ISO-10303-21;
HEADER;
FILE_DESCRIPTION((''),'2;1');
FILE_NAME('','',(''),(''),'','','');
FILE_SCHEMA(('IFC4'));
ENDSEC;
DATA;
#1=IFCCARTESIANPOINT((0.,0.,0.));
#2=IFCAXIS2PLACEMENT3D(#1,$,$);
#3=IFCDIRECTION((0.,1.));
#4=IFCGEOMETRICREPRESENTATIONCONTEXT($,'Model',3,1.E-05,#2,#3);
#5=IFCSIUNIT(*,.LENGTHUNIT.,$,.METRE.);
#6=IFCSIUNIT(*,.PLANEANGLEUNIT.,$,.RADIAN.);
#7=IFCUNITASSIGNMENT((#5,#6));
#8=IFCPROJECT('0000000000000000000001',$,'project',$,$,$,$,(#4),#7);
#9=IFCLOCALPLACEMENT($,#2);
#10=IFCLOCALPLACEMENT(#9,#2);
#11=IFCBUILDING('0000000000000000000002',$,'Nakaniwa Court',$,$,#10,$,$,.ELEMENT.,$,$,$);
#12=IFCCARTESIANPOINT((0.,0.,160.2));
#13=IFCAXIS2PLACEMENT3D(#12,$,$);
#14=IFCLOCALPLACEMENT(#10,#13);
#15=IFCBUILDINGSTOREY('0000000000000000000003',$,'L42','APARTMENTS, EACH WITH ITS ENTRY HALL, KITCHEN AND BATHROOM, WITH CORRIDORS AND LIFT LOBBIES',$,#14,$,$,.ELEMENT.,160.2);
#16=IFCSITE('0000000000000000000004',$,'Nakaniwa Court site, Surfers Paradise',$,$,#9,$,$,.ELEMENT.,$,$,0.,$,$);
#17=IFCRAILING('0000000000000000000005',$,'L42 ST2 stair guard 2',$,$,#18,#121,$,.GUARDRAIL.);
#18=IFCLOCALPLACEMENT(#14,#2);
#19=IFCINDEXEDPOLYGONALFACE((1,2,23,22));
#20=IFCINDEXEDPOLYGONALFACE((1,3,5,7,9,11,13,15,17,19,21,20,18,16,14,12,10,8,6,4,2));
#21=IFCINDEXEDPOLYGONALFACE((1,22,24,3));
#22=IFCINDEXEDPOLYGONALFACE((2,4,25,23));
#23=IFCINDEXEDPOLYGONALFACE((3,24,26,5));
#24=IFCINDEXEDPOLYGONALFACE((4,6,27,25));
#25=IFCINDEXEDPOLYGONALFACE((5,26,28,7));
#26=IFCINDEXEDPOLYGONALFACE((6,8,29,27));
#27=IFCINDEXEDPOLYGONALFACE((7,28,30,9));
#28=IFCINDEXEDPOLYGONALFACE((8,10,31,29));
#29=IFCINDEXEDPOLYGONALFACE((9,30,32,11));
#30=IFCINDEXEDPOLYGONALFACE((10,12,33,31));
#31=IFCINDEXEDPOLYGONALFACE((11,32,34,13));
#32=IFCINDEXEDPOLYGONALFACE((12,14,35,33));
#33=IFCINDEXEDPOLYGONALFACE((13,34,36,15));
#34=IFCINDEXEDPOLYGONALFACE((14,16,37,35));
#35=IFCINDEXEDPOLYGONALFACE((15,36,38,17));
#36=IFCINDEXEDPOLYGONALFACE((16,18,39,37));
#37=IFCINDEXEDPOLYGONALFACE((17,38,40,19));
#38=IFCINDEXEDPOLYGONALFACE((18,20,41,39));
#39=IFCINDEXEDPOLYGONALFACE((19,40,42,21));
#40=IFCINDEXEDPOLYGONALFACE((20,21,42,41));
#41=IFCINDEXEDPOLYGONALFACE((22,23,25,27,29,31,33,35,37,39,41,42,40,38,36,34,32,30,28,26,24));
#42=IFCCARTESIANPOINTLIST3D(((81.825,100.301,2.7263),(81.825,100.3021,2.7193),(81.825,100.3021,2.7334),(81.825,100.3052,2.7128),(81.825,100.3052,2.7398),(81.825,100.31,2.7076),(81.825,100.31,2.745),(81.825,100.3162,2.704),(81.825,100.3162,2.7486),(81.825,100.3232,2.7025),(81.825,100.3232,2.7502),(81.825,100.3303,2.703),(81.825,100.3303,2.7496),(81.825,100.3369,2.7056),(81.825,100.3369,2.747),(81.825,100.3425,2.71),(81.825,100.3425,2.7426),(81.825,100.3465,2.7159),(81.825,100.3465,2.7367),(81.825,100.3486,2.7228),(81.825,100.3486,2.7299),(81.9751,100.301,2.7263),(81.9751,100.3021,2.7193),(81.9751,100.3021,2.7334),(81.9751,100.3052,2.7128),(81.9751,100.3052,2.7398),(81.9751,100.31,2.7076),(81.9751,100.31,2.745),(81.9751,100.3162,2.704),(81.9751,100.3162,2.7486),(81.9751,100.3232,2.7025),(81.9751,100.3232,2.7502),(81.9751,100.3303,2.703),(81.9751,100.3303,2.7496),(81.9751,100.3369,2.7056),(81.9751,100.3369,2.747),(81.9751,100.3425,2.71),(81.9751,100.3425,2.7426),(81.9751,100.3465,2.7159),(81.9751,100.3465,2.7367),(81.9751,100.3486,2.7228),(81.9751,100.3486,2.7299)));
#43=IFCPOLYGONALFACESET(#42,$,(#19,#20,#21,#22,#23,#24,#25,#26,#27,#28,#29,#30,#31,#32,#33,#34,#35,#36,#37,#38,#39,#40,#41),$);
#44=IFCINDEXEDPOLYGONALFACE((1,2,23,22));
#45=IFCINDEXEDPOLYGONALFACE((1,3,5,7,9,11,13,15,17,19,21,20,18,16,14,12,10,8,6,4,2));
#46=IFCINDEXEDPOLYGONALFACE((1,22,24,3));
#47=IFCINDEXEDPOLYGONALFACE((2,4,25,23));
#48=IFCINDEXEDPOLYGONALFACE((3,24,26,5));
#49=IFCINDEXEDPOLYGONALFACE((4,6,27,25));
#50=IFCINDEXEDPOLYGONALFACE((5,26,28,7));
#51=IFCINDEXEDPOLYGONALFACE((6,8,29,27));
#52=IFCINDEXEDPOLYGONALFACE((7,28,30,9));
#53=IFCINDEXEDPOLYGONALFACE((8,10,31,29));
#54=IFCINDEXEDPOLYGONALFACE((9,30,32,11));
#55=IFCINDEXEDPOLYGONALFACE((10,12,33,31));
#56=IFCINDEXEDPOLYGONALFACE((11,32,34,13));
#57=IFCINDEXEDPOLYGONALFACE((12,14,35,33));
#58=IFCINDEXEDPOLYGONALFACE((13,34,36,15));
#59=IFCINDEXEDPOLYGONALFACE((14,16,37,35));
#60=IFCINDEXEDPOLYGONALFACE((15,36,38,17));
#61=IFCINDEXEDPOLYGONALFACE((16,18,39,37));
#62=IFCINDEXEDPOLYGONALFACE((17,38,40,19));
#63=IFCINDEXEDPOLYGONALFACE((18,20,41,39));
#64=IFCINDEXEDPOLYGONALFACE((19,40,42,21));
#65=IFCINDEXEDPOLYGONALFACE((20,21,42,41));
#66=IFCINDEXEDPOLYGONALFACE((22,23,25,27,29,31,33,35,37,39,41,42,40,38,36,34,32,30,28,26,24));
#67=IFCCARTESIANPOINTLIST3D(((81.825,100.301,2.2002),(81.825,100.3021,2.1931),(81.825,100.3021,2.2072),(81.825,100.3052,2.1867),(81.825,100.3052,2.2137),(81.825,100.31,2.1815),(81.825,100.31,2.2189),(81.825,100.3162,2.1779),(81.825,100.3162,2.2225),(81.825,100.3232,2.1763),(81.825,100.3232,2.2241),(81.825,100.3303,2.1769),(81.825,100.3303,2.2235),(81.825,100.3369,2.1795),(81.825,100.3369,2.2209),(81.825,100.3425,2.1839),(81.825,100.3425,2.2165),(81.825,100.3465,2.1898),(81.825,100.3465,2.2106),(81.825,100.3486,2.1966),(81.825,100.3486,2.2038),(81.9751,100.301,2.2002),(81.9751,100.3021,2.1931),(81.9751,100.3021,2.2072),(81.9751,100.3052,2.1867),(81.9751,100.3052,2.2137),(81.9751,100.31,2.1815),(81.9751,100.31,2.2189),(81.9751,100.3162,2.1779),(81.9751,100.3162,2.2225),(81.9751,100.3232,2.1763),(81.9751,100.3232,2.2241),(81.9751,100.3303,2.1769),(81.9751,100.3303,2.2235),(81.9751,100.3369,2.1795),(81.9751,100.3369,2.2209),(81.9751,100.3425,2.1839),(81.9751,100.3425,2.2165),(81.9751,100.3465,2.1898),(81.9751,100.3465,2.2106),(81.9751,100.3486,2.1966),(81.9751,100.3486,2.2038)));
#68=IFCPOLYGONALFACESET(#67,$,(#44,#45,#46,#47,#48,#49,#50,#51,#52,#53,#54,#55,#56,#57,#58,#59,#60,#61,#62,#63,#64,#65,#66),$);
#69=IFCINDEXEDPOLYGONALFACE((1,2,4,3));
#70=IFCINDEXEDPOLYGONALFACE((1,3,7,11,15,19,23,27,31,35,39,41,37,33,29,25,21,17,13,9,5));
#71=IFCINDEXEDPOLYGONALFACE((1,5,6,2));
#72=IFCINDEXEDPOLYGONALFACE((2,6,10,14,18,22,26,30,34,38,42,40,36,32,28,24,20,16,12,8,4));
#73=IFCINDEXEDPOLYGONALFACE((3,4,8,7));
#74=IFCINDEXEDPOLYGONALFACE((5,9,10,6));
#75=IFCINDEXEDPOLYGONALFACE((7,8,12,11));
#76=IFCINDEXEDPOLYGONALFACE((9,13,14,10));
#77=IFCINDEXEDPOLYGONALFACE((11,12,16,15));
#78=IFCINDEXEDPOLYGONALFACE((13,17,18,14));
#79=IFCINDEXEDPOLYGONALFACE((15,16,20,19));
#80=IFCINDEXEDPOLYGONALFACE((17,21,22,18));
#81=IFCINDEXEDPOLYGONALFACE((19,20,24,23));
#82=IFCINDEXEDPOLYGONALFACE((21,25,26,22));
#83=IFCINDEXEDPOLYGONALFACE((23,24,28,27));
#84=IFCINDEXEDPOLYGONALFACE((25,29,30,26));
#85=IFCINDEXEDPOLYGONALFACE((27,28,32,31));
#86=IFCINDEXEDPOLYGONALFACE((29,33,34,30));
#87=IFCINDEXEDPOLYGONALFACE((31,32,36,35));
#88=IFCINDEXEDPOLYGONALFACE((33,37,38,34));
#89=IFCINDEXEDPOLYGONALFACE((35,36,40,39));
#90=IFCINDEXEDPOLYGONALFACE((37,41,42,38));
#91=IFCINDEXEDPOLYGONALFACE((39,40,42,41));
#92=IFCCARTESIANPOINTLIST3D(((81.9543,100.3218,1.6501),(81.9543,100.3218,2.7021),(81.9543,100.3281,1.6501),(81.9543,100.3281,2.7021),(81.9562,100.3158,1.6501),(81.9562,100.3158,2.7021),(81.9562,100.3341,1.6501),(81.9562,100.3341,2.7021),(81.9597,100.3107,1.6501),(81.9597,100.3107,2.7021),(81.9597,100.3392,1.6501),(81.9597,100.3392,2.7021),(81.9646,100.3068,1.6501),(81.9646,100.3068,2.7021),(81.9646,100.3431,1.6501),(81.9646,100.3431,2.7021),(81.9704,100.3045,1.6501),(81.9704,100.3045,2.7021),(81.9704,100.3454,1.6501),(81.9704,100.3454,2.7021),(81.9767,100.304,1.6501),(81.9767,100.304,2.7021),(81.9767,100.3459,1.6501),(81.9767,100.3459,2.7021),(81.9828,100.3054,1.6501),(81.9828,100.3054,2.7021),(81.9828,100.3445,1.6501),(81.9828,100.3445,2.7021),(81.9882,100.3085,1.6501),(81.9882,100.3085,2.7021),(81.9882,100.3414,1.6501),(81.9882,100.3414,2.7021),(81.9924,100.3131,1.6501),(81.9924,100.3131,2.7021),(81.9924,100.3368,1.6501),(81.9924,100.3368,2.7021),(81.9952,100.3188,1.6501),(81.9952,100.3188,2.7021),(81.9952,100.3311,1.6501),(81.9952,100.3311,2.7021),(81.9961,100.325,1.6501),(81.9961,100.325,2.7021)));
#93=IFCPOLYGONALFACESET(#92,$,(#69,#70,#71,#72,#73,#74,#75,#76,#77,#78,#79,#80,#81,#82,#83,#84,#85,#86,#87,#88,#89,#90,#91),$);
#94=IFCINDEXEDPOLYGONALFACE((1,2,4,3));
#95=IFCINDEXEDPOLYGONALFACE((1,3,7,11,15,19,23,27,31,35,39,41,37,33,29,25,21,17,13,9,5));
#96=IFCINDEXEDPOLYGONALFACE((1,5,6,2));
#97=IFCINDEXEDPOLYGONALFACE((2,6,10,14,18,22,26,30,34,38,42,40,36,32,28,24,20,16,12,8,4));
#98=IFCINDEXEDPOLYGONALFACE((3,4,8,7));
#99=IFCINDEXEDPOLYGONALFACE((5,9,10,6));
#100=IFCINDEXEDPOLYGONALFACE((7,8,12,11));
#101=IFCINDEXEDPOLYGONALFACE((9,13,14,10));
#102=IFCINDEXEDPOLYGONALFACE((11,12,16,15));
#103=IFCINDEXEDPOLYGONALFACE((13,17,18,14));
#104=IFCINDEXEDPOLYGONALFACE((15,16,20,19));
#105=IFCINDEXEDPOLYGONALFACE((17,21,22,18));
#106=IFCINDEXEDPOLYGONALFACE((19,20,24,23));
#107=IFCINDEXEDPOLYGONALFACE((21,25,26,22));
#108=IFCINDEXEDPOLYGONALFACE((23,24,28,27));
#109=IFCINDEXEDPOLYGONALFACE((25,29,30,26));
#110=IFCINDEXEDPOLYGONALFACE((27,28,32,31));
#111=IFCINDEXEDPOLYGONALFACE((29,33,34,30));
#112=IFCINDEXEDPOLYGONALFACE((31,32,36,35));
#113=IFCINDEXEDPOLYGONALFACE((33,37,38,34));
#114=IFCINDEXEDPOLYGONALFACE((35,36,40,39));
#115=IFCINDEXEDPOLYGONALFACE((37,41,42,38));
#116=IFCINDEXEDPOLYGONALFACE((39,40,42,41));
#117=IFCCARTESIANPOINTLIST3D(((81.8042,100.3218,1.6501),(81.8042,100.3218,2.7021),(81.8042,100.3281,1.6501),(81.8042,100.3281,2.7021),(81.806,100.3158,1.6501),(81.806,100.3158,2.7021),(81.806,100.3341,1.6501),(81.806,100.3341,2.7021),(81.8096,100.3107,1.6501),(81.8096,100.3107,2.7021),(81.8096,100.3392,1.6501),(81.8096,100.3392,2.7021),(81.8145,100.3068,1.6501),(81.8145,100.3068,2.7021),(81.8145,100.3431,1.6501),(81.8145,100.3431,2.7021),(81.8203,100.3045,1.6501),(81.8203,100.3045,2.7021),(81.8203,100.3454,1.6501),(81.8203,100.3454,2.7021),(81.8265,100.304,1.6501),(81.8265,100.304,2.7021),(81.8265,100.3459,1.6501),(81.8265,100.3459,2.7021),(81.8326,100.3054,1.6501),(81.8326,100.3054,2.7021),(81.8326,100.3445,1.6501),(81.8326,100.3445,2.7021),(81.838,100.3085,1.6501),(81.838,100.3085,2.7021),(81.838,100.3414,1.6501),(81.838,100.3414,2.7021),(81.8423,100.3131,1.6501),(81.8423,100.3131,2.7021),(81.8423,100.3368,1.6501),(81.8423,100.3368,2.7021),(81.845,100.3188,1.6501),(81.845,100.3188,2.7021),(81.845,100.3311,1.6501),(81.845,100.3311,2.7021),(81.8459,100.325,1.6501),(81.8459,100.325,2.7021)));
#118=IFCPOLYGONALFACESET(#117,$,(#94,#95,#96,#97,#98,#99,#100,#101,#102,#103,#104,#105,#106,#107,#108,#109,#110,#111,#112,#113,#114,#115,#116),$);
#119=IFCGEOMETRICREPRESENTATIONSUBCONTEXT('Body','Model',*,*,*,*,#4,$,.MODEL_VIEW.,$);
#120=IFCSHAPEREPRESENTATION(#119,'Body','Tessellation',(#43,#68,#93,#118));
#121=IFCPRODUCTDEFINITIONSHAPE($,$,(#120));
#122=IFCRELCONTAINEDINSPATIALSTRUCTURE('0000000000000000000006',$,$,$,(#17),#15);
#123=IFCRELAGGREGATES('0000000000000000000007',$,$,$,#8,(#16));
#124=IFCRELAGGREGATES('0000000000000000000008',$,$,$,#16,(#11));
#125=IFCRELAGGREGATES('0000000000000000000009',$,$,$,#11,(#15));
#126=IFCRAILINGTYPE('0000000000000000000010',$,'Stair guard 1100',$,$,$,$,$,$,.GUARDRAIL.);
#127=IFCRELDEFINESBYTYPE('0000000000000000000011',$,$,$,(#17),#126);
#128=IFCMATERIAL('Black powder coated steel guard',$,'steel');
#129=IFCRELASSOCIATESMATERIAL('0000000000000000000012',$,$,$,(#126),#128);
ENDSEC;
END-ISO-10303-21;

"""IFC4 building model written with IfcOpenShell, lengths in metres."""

from ifc_helpers import new_model, si_unit, direction, frame, origin, origin_2d, place, context, subcontext, project, spatial, circle, extrude, material, type_object, element, save


model = new_model("IFC4")

# Units and contexts
model_context = context("Model", 3, precision=1e-05, world=origin(), true_north=direction((0.0, 1.0)))
body_context = subcontext(model_context, "Body", "Model", "MODEL_VIEW")
ifc_project = project(units=[si_unit("LENGTHUNIT", "METRE"), si_unit("PLANEANGLEUNIT", "RADIAN")], contexts=[model_context])

# Site, building, storey
site_placement = place(None, origin())
site = spatial("IfcSite", under=ifc_project, at=site_placement, Name="Nakaniwa Court site, Surfers Paradise", CompositionType="ELEMENT", RefElevation=0.0)
building_placement = place(site_placement, origin())
building = spatial("IfcBuilding", under=site, at=building_placement, Name="Nakaniwa Court", CompositionType="ELEMENT")
storey_placement = place(building_placement, frame((0.0, 0.0, 160.2)))
storey = spatial("IfcBuildingStorey", under=building, at=storey_placement, Name="L42", Description="APARTMENTS, EACH WITH ITS ENTRY HALL, KITCHEN AND BATHROOM, WITH CORRIDORS AND LIFT LOBBIES", CompositionType="ELEMENT", Elevation=160.2)

# Railing
ifc_material_1 = material(Name="Black powder coated steel guard", Category="steel")
railing_type_1 = type_object("IfcRailingType", Name="Stair guard 1100", PredefinedType="GUARDRAIL", material=ifc_material_1)
railing_1_placement = place(storey_placement, frame((81.9751, 100.325, 1.6501)))
element("IfcRailing", 1, at=railing_1_placement, inside=storey, type_object=railing_type_1, Name="L42 ST2 stair guard 2", PredefinedType="GUARDRAIL", context=body_context, shape_type="SweptSolid", body=[
    extrude(circle(Radius=0.0239, at=origin_2d()), frame((0.0, 0.0, 1.0762), z_axis=(-1.0, 0.0, 0.0), x_axis=(0.0, -1.0, 0.0)), (0.0, 0.0, 1.0), 0.1501),
    extrude(circle(Radius=0.0239, at=origin_2d()), frame((0.0, 0.0, 0.55), z_axis=(-1.0, 0.0, 0.0), x_axis=(0.0, -1.0, 0.0)), (0.0, 0.0, 1.0), 0.1501),
    extrude(circle(Radius=0.021, at=origin_2d()), origin(), (0.0, 0.0, 1.0), 1.052),
    extrude(circle(Radius=0.021, at=origin_2d()), frame((-0.1501, 0.0, 0.0)), (0.0, 0.0, 1.0), 1.052),
])

save(model, "model.ifc")
